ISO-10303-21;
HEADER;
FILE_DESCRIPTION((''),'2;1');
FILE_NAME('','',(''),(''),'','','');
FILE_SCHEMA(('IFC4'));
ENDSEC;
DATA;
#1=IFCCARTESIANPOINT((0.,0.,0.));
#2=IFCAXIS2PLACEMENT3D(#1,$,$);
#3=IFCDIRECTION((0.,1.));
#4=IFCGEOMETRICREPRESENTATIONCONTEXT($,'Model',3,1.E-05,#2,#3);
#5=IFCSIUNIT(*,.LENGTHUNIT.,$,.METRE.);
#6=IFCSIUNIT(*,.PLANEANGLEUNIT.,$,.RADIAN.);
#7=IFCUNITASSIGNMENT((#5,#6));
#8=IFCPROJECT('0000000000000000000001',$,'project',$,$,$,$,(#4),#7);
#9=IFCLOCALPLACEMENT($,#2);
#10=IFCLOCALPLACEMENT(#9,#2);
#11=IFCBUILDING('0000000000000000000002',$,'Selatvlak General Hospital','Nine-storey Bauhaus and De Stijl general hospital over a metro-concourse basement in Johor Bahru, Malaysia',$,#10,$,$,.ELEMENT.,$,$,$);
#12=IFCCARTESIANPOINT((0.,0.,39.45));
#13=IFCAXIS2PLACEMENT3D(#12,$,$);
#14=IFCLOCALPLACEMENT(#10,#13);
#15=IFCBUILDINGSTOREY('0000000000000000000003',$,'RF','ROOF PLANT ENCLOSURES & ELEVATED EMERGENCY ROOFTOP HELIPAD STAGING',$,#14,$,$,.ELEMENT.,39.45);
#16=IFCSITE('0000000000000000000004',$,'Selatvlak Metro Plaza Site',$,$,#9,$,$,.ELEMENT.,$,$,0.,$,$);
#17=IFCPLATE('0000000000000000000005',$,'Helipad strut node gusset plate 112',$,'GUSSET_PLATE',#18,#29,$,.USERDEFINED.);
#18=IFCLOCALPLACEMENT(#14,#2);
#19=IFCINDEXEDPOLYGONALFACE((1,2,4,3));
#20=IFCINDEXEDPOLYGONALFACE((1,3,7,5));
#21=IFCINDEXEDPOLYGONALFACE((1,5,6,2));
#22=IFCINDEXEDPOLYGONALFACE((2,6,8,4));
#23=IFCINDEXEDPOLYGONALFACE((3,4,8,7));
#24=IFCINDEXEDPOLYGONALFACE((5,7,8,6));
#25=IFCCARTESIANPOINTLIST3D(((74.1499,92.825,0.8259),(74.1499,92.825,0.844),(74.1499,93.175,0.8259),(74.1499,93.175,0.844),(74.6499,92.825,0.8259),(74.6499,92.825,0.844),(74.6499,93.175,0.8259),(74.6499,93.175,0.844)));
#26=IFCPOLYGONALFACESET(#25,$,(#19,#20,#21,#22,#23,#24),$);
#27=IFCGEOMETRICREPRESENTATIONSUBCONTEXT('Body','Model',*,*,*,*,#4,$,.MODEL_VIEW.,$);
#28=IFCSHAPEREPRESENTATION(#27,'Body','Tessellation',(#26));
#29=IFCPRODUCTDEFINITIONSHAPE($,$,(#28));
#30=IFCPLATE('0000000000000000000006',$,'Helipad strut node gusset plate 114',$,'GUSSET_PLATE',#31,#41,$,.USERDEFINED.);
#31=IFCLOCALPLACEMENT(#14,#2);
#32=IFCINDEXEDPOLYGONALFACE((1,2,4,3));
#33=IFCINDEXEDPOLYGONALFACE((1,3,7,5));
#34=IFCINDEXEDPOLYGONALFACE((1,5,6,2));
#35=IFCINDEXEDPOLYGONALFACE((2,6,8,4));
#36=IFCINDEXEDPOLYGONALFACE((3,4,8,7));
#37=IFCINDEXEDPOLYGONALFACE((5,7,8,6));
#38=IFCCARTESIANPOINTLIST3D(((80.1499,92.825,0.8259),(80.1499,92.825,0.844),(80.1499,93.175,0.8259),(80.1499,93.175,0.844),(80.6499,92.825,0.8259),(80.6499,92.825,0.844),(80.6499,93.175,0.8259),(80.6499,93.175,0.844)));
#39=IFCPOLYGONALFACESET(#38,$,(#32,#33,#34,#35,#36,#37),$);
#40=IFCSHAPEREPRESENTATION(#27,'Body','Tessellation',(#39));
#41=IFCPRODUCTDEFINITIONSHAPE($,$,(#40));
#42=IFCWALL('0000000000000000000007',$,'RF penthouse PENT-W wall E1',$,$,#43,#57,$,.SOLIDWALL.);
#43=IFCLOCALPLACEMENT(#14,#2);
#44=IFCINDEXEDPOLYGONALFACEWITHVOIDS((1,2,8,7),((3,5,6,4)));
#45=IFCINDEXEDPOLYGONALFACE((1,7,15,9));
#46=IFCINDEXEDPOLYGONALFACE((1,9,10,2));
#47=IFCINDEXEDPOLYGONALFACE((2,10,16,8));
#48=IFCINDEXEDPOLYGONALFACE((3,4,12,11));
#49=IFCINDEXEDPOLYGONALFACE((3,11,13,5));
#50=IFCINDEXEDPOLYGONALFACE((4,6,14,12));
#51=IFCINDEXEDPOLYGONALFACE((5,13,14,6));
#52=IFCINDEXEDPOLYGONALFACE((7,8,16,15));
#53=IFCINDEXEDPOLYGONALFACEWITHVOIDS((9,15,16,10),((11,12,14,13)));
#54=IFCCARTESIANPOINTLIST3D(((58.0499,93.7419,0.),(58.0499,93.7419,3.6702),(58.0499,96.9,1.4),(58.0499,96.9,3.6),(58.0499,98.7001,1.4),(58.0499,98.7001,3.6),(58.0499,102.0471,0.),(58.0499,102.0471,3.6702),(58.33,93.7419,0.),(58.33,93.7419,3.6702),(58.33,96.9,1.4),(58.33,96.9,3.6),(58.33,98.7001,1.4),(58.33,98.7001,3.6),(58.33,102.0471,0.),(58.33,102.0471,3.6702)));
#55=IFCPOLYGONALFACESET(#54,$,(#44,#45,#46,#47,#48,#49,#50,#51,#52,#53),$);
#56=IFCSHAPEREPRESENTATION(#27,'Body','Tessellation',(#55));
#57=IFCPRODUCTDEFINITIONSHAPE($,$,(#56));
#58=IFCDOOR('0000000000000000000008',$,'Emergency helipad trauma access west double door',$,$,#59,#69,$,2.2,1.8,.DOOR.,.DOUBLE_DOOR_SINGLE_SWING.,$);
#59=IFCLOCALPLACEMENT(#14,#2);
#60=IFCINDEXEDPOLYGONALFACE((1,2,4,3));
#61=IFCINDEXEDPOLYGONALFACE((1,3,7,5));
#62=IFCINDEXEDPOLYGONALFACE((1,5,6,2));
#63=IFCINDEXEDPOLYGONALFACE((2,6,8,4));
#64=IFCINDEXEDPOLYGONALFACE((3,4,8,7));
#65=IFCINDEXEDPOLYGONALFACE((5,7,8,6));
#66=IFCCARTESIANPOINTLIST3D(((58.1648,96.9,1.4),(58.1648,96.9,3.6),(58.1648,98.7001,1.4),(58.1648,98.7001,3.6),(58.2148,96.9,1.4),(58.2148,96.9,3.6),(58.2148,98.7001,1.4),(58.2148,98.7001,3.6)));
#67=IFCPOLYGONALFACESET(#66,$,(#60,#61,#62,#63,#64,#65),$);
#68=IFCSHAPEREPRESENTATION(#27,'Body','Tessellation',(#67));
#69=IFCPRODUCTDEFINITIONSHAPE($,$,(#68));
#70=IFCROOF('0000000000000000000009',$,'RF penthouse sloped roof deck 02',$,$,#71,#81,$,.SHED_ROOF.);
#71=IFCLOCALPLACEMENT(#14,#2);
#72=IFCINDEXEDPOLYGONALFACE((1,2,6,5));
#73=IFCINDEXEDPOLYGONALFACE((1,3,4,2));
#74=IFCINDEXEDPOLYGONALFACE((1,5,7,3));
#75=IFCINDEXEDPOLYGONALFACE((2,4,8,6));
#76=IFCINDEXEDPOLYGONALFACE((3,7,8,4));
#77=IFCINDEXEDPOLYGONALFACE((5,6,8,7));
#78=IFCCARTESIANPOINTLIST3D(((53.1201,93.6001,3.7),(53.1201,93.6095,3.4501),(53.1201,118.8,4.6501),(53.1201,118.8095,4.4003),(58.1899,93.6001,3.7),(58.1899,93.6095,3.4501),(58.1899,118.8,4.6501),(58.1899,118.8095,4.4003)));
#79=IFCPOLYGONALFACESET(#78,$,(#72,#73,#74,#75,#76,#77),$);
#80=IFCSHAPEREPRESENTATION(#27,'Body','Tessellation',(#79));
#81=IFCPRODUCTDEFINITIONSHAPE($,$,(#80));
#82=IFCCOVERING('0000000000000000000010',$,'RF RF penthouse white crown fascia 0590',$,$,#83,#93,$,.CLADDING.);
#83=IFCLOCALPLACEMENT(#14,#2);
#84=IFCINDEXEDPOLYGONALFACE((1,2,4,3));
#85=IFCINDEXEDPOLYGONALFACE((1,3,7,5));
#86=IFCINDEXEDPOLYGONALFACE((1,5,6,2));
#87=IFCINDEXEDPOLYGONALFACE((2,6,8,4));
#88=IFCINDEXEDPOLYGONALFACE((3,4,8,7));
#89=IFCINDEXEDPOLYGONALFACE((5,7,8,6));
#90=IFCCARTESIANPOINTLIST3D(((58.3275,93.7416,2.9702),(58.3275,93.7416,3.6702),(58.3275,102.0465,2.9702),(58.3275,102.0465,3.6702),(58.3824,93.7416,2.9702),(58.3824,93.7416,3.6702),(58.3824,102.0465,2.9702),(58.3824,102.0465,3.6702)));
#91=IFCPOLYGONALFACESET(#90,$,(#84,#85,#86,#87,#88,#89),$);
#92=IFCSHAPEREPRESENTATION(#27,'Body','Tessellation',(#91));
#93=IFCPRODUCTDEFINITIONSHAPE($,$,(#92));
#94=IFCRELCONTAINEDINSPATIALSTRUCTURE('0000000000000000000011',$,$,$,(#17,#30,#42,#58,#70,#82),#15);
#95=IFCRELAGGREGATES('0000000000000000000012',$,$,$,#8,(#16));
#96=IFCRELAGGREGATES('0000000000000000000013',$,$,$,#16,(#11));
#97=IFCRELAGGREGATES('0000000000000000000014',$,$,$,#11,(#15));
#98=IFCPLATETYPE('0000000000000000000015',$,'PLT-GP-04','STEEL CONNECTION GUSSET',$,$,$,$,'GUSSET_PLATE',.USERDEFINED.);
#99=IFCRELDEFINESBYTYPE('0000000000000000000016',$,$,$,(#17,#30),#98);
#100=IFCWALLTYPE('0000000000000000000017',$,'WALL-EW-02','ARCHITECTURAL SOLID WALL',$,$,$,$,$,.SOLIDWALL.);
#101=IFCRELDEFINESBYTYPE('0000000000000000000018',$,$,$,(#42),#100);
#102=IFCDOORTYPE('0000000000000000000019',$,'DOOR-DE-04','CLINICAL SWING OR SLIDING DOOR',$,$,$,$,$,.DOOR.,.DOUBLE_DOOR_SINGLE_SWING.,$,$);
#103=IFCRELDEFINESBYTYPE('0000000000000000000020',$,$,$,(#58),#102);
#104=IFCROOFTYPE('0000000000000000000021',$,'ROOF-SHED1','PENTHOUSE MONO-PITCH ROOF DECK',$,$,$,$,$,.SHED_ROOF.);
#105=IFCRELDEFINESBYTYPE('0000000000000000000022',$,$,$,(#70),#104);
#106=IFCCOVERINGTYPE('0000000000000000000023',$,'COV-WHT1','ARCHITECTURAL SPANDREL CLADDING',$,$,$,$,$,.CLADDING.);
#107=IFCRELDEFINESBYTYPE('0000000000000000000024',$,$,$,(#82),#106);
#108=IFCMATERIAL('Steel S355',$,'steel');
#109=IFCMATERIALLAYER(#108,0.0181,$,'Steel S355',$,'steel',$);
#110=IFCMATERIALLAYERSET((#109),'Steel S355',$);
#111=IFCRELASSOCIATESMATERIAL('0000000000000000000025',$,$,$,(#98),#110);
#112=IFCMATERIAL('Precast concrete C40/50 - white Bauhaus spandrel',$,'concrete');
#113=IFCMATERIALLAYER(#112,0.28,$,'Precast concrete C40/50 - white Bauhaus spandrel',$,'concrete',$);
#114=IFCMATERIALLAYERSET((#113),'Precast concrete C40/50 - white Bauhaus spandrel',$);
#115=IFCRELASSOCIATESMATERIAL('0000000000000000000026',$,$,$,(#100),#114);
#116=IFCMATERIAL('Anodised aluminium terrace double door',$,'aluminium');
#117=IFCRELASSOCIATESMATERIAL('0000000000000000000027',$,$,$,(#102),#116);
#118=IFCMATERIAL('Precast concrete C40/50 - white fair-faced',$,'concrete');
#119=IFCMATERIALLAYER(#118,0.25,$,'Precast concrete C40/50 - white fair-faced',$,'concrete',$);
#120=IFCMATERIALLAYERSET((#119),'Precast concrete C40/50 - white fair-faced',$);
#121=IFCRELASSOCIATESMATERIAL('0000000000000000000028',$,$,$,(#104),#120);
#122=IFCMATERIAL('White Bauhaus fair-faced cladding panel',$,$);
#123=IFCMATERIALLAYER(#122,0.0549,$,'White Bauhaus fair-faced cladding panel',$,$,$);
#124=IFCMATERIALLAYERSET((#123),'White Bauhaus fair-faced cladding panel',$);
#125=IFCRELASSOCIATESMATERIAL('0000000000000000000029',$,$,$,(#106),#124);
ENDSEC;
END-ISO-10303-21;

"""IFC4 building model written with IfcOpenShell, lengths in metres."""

from ifc_helpers import new_model, si_unit, direction, frame, frame_2d, origin, origin_2d, place, context, subcontext, project, spatial, polyline, rectangle, outline, extrude, material, layer, layer_set, type_object, element, fill, save


model = new_model("IFC4")

# Units and contexts
model_context = context("Model", 3, precision=1e-05, world=origin(), true_north=direction((0.0, 1.0)))
body_context = subcontext(model_context, "Body", "Model", "MODEL_VIEW")
ifc_project = project(units=[si_unit("LENGTHUNIT", "METRE"), si_unit("PLANEANGLEUNIT", "RADIAN")], contexts=[model_context])

# Site, building, storey
site_placement = place(None, origin())
site = spatial("IfcSite", under=ifc_project, at=site_placement, Name="Selatvlak Metro Plaza Site", CompositionType="ELEMENT", RefElevation=0.0)
building_placement = place(site_placement, origin())
building = spatial("IfcBuilding", under=site, at=building_placement, Name="Selatvlak General Hospital", Description="Nine-storey Bauhaus and De Stijl general hospital over a metro-concourse basement in Johor Bahru, Malaysia", CompositionType="ELEMENT")
storey_placement = place(building_placement, frame((0.0, 0.0, 39.45)))
storey = spatial("IfcBuildingStorey", under=building, at=storey_placement, Name="RF", Description="ROOF PLANT ENCLOSURES & ELEVATED EMERGENCY ROOFTOP HELIPAD STAGING", CompositionType="ELEMENT", Elevation=39.45)

# Shared definitions
ifc_material_1 = material(Name="Steel S355", Category="steel")

# Plates
ifc_layer_1 = layer(ifc_material_1, 0.0181, Name="Steel S355", Category="steel")
ifc_layer_set_1 = layer_set([ifc_layer_1], Name="Steel S355")
plate_type_1 = type_object("IfcPlateType", Name="PLT-GP-04", Description="STEEL CONNECTION GUSSET", ElementType="GUSSET_PLATE", PredefinedType="USERDEFINED", material=ifc_layer_set_1)
for number, where, z_axis, x_axis, name in (
    (1, (74.3999, 93.0, 0.8259), (0.0, 0.0, 1.0), (1.0, 0.0, 0.0), "Helipad strut node gusset plate 112"),
    (2, (80.3999, 93.0, 0.8259), (0.0, 0.0, 1.0), (1.0, 0.0, 0.0), "Helipad strut node gusset plate 114"),
):
    element("IfcPlate", number, at=place(storey_placement, frame(where, z_axis=z_axis, x_axis=x_axis)), inside=storey, type_object=plate_type_1, Name=name, ObjectType="GUSSET_PLATE", PredefinedType="USERDEFINED", context=body_context, shape_type="SweptSolid", body=[
        extrude(rectangle(XDim=0.5, YDim=0.3501, at=origin_2d()), origin(), (0.0, 0.0, 1.0), 0.0181),
    ])

# Wall, opening, door
ifc_material_2 = material(Name="Precast concrete C40/50 - white Bauhaus spandrel", Category="concrete")
ifc_layer_2 = layer(ifc_material_2, 0.28, Name="Precast concrete C40/50 - white Bauhaus spandrel", Category="concrete")
ifc_layer_set_2 = layer_set([ifc_layer_2], Name="Precast concrete C40/50 - white Bauhaus spandrel")
wall_type = type_object("IfcWallType", Name="WALL-EW-02", Description="ARCHITECTURAL SOLID WALL", PredefinedType="SOLIDWALL", material=ifc_layer_set_2)
wall_placement = place(storey_placement, frame((58.1899, 93.7419, 0.0), z_axis=(0.0, 0.0, 1.0), x_axis=(0.0, 1.0, 0.0)))
wall = element("IfcWall", 3, at=wall_placement, inside=storey, type_object=wall_type, Name="RF penthouse PENT-W wall E1", PredefinedType="SOLIDWALL", context=body_context, shape_type="SweptSolid", body=[
    extrude(rectangle(XDim=8.3052, YDim=0.28, at=frame_2d((4.1526, 0.0))), origin(), (0.0, 0.0, 1.0), 3.6702),
])
opening_placement = place(wall_placement, frame((4.958, 0.0, 1.3999), z_axis=(0.0, 0.0, 1.0), x_axis=(-1.0, 0.0, 0.0)))
opening = element("IfcOpeningElement", 4, at=opening_placement, cuts=wall, PredefinedType="OPENING", context=body_context, shape_type="SweptSolid", body=[
    extrude(rectangle(XDim=1.8, YDim=2.2, at=frame_2d((0.8999, 1.1001))), frame((0.0, 0.1499, 0.0), z_axis=(0.0, -1.0, 0.0), x_axis=(1.0, 0.0, 0.0)), (0.0, 0.0, 1.0), 0.3),
])
ifc_material_3 = material(Name="Anodised aluminium terrace double door", Category="aluminium")
door_type = type_object("IfcDoorType", Name="DOOR-DE-04", Description="CLINICAL SWING OR SLIDING DOOR", OperationType="DOUBLE_DOOR_SINGLE_SWING", PredefinedType="DOOR", material=ifc_material_3)
door_placement = place(opening_placement, origin())
door = element("IfcDoor", 5, at=door_placement, inside=storey, type_object=door_type, Name="Emergency helipad trauma access west double door", OperationType="DOUBLE_DOOR_SINGLE_SWING", OverallHeight=2.2, OverallWidth=1.8, PredefinedType="DOOR", context=body_context, shape_type="SweptSolid", body=[
    extrude(rectangle(XDim=1.8, YDim=2.2, at=frame_2d((0.8999, 1.1001))), frame((0.0, 0.0249, 0.0), z_axis=(0.0, -1.0, 0.0), x_axis=(1.0, 0.0, 0.0)), (0.0, 0.0, 1.0), 0.05),
])
fill(opening, door)

# Roof
ifc_material_4 = material(Name="Precast concrete C40/50 - white fair-faced", Category="concrete")
ifc_layer_3 = layer(ifc_material_4, 0.25, Name="Precast concrete C40/50 - white fair-faced", Category="concrete")
ifc_layer_set_3 = layer_set([ifc_layer_3], Name="Precast concrete C40/50 - white fair-faced")
roof_type = type_object("IfcRoofType", Name="ROOF-SHED1", Description="PENTHOUSE MONO-PITCH ROOF DECK", PredefinedType="SHED_ROOF", material=ifc_layer_set_3)
roof_placement = place(storey_placement, frame((53.1201, 93.6001, 3.7), z_axis=(0.0, -0.037679, 0.99929), x_axis=(1.0, 0.0, 0.0)))
element("IfcRoof", 6, at=roof_placement, inside=storey, type_object=roof_type, Name="RF penthouse sloped roof deck 02", PredefinedType="SHED_ROOF", context=body_context, shape_type="SweptSolid", body=[
    extrude(outline(polyline([(0.0, 0.0), (5.0698, 0.0), (5.0698, 25.2179), (0.0, 25.2179), (0.0, 0.0)])), origin(), (0.0, 0.0, -1.0), 0.25),
])

# Covering
ifc_material_5 = material(Name="White Bauhaus fair-faced cladding panel")
ifc_layer_4 = layer(ifc_material_5, 0.0549, Name="White Bauhaus fair-faced cladding panel")
ifc_layer_set_4 = layer_set([ifc_layer_4], Name="White Bauhaus fair-faced cladding panel")
covering_type = type_object("IfcCoveringType", Name="COV-WHT1", Description="ARCHITECTURAL SPANDREL CLADDING", PredefinedType="CLADDING", material=ifc_layer_set_4)
covering_placement = place(storey_placement, frame((58.355, 97.894, 2.9702), z_axis=(0.0, 0.0, 1.0), x_axis=(0.0, 1.0, 0.0)))
element("IfcCovering", 7, at=covering_placement, inside=storey, type_object=covering_type, Name="RF RF penthouse white crown fascia 0590", PredefinedType="CLADDING", context=body_context, shape_type="SweptSolid", body=[
    extrude(rectangle(XDim=8.3049, YDim=0.0549, at=origin_2d()), origin(), (0.0, 0.0, 1.0), 0.7),
])

save(model, "model.ifc")
